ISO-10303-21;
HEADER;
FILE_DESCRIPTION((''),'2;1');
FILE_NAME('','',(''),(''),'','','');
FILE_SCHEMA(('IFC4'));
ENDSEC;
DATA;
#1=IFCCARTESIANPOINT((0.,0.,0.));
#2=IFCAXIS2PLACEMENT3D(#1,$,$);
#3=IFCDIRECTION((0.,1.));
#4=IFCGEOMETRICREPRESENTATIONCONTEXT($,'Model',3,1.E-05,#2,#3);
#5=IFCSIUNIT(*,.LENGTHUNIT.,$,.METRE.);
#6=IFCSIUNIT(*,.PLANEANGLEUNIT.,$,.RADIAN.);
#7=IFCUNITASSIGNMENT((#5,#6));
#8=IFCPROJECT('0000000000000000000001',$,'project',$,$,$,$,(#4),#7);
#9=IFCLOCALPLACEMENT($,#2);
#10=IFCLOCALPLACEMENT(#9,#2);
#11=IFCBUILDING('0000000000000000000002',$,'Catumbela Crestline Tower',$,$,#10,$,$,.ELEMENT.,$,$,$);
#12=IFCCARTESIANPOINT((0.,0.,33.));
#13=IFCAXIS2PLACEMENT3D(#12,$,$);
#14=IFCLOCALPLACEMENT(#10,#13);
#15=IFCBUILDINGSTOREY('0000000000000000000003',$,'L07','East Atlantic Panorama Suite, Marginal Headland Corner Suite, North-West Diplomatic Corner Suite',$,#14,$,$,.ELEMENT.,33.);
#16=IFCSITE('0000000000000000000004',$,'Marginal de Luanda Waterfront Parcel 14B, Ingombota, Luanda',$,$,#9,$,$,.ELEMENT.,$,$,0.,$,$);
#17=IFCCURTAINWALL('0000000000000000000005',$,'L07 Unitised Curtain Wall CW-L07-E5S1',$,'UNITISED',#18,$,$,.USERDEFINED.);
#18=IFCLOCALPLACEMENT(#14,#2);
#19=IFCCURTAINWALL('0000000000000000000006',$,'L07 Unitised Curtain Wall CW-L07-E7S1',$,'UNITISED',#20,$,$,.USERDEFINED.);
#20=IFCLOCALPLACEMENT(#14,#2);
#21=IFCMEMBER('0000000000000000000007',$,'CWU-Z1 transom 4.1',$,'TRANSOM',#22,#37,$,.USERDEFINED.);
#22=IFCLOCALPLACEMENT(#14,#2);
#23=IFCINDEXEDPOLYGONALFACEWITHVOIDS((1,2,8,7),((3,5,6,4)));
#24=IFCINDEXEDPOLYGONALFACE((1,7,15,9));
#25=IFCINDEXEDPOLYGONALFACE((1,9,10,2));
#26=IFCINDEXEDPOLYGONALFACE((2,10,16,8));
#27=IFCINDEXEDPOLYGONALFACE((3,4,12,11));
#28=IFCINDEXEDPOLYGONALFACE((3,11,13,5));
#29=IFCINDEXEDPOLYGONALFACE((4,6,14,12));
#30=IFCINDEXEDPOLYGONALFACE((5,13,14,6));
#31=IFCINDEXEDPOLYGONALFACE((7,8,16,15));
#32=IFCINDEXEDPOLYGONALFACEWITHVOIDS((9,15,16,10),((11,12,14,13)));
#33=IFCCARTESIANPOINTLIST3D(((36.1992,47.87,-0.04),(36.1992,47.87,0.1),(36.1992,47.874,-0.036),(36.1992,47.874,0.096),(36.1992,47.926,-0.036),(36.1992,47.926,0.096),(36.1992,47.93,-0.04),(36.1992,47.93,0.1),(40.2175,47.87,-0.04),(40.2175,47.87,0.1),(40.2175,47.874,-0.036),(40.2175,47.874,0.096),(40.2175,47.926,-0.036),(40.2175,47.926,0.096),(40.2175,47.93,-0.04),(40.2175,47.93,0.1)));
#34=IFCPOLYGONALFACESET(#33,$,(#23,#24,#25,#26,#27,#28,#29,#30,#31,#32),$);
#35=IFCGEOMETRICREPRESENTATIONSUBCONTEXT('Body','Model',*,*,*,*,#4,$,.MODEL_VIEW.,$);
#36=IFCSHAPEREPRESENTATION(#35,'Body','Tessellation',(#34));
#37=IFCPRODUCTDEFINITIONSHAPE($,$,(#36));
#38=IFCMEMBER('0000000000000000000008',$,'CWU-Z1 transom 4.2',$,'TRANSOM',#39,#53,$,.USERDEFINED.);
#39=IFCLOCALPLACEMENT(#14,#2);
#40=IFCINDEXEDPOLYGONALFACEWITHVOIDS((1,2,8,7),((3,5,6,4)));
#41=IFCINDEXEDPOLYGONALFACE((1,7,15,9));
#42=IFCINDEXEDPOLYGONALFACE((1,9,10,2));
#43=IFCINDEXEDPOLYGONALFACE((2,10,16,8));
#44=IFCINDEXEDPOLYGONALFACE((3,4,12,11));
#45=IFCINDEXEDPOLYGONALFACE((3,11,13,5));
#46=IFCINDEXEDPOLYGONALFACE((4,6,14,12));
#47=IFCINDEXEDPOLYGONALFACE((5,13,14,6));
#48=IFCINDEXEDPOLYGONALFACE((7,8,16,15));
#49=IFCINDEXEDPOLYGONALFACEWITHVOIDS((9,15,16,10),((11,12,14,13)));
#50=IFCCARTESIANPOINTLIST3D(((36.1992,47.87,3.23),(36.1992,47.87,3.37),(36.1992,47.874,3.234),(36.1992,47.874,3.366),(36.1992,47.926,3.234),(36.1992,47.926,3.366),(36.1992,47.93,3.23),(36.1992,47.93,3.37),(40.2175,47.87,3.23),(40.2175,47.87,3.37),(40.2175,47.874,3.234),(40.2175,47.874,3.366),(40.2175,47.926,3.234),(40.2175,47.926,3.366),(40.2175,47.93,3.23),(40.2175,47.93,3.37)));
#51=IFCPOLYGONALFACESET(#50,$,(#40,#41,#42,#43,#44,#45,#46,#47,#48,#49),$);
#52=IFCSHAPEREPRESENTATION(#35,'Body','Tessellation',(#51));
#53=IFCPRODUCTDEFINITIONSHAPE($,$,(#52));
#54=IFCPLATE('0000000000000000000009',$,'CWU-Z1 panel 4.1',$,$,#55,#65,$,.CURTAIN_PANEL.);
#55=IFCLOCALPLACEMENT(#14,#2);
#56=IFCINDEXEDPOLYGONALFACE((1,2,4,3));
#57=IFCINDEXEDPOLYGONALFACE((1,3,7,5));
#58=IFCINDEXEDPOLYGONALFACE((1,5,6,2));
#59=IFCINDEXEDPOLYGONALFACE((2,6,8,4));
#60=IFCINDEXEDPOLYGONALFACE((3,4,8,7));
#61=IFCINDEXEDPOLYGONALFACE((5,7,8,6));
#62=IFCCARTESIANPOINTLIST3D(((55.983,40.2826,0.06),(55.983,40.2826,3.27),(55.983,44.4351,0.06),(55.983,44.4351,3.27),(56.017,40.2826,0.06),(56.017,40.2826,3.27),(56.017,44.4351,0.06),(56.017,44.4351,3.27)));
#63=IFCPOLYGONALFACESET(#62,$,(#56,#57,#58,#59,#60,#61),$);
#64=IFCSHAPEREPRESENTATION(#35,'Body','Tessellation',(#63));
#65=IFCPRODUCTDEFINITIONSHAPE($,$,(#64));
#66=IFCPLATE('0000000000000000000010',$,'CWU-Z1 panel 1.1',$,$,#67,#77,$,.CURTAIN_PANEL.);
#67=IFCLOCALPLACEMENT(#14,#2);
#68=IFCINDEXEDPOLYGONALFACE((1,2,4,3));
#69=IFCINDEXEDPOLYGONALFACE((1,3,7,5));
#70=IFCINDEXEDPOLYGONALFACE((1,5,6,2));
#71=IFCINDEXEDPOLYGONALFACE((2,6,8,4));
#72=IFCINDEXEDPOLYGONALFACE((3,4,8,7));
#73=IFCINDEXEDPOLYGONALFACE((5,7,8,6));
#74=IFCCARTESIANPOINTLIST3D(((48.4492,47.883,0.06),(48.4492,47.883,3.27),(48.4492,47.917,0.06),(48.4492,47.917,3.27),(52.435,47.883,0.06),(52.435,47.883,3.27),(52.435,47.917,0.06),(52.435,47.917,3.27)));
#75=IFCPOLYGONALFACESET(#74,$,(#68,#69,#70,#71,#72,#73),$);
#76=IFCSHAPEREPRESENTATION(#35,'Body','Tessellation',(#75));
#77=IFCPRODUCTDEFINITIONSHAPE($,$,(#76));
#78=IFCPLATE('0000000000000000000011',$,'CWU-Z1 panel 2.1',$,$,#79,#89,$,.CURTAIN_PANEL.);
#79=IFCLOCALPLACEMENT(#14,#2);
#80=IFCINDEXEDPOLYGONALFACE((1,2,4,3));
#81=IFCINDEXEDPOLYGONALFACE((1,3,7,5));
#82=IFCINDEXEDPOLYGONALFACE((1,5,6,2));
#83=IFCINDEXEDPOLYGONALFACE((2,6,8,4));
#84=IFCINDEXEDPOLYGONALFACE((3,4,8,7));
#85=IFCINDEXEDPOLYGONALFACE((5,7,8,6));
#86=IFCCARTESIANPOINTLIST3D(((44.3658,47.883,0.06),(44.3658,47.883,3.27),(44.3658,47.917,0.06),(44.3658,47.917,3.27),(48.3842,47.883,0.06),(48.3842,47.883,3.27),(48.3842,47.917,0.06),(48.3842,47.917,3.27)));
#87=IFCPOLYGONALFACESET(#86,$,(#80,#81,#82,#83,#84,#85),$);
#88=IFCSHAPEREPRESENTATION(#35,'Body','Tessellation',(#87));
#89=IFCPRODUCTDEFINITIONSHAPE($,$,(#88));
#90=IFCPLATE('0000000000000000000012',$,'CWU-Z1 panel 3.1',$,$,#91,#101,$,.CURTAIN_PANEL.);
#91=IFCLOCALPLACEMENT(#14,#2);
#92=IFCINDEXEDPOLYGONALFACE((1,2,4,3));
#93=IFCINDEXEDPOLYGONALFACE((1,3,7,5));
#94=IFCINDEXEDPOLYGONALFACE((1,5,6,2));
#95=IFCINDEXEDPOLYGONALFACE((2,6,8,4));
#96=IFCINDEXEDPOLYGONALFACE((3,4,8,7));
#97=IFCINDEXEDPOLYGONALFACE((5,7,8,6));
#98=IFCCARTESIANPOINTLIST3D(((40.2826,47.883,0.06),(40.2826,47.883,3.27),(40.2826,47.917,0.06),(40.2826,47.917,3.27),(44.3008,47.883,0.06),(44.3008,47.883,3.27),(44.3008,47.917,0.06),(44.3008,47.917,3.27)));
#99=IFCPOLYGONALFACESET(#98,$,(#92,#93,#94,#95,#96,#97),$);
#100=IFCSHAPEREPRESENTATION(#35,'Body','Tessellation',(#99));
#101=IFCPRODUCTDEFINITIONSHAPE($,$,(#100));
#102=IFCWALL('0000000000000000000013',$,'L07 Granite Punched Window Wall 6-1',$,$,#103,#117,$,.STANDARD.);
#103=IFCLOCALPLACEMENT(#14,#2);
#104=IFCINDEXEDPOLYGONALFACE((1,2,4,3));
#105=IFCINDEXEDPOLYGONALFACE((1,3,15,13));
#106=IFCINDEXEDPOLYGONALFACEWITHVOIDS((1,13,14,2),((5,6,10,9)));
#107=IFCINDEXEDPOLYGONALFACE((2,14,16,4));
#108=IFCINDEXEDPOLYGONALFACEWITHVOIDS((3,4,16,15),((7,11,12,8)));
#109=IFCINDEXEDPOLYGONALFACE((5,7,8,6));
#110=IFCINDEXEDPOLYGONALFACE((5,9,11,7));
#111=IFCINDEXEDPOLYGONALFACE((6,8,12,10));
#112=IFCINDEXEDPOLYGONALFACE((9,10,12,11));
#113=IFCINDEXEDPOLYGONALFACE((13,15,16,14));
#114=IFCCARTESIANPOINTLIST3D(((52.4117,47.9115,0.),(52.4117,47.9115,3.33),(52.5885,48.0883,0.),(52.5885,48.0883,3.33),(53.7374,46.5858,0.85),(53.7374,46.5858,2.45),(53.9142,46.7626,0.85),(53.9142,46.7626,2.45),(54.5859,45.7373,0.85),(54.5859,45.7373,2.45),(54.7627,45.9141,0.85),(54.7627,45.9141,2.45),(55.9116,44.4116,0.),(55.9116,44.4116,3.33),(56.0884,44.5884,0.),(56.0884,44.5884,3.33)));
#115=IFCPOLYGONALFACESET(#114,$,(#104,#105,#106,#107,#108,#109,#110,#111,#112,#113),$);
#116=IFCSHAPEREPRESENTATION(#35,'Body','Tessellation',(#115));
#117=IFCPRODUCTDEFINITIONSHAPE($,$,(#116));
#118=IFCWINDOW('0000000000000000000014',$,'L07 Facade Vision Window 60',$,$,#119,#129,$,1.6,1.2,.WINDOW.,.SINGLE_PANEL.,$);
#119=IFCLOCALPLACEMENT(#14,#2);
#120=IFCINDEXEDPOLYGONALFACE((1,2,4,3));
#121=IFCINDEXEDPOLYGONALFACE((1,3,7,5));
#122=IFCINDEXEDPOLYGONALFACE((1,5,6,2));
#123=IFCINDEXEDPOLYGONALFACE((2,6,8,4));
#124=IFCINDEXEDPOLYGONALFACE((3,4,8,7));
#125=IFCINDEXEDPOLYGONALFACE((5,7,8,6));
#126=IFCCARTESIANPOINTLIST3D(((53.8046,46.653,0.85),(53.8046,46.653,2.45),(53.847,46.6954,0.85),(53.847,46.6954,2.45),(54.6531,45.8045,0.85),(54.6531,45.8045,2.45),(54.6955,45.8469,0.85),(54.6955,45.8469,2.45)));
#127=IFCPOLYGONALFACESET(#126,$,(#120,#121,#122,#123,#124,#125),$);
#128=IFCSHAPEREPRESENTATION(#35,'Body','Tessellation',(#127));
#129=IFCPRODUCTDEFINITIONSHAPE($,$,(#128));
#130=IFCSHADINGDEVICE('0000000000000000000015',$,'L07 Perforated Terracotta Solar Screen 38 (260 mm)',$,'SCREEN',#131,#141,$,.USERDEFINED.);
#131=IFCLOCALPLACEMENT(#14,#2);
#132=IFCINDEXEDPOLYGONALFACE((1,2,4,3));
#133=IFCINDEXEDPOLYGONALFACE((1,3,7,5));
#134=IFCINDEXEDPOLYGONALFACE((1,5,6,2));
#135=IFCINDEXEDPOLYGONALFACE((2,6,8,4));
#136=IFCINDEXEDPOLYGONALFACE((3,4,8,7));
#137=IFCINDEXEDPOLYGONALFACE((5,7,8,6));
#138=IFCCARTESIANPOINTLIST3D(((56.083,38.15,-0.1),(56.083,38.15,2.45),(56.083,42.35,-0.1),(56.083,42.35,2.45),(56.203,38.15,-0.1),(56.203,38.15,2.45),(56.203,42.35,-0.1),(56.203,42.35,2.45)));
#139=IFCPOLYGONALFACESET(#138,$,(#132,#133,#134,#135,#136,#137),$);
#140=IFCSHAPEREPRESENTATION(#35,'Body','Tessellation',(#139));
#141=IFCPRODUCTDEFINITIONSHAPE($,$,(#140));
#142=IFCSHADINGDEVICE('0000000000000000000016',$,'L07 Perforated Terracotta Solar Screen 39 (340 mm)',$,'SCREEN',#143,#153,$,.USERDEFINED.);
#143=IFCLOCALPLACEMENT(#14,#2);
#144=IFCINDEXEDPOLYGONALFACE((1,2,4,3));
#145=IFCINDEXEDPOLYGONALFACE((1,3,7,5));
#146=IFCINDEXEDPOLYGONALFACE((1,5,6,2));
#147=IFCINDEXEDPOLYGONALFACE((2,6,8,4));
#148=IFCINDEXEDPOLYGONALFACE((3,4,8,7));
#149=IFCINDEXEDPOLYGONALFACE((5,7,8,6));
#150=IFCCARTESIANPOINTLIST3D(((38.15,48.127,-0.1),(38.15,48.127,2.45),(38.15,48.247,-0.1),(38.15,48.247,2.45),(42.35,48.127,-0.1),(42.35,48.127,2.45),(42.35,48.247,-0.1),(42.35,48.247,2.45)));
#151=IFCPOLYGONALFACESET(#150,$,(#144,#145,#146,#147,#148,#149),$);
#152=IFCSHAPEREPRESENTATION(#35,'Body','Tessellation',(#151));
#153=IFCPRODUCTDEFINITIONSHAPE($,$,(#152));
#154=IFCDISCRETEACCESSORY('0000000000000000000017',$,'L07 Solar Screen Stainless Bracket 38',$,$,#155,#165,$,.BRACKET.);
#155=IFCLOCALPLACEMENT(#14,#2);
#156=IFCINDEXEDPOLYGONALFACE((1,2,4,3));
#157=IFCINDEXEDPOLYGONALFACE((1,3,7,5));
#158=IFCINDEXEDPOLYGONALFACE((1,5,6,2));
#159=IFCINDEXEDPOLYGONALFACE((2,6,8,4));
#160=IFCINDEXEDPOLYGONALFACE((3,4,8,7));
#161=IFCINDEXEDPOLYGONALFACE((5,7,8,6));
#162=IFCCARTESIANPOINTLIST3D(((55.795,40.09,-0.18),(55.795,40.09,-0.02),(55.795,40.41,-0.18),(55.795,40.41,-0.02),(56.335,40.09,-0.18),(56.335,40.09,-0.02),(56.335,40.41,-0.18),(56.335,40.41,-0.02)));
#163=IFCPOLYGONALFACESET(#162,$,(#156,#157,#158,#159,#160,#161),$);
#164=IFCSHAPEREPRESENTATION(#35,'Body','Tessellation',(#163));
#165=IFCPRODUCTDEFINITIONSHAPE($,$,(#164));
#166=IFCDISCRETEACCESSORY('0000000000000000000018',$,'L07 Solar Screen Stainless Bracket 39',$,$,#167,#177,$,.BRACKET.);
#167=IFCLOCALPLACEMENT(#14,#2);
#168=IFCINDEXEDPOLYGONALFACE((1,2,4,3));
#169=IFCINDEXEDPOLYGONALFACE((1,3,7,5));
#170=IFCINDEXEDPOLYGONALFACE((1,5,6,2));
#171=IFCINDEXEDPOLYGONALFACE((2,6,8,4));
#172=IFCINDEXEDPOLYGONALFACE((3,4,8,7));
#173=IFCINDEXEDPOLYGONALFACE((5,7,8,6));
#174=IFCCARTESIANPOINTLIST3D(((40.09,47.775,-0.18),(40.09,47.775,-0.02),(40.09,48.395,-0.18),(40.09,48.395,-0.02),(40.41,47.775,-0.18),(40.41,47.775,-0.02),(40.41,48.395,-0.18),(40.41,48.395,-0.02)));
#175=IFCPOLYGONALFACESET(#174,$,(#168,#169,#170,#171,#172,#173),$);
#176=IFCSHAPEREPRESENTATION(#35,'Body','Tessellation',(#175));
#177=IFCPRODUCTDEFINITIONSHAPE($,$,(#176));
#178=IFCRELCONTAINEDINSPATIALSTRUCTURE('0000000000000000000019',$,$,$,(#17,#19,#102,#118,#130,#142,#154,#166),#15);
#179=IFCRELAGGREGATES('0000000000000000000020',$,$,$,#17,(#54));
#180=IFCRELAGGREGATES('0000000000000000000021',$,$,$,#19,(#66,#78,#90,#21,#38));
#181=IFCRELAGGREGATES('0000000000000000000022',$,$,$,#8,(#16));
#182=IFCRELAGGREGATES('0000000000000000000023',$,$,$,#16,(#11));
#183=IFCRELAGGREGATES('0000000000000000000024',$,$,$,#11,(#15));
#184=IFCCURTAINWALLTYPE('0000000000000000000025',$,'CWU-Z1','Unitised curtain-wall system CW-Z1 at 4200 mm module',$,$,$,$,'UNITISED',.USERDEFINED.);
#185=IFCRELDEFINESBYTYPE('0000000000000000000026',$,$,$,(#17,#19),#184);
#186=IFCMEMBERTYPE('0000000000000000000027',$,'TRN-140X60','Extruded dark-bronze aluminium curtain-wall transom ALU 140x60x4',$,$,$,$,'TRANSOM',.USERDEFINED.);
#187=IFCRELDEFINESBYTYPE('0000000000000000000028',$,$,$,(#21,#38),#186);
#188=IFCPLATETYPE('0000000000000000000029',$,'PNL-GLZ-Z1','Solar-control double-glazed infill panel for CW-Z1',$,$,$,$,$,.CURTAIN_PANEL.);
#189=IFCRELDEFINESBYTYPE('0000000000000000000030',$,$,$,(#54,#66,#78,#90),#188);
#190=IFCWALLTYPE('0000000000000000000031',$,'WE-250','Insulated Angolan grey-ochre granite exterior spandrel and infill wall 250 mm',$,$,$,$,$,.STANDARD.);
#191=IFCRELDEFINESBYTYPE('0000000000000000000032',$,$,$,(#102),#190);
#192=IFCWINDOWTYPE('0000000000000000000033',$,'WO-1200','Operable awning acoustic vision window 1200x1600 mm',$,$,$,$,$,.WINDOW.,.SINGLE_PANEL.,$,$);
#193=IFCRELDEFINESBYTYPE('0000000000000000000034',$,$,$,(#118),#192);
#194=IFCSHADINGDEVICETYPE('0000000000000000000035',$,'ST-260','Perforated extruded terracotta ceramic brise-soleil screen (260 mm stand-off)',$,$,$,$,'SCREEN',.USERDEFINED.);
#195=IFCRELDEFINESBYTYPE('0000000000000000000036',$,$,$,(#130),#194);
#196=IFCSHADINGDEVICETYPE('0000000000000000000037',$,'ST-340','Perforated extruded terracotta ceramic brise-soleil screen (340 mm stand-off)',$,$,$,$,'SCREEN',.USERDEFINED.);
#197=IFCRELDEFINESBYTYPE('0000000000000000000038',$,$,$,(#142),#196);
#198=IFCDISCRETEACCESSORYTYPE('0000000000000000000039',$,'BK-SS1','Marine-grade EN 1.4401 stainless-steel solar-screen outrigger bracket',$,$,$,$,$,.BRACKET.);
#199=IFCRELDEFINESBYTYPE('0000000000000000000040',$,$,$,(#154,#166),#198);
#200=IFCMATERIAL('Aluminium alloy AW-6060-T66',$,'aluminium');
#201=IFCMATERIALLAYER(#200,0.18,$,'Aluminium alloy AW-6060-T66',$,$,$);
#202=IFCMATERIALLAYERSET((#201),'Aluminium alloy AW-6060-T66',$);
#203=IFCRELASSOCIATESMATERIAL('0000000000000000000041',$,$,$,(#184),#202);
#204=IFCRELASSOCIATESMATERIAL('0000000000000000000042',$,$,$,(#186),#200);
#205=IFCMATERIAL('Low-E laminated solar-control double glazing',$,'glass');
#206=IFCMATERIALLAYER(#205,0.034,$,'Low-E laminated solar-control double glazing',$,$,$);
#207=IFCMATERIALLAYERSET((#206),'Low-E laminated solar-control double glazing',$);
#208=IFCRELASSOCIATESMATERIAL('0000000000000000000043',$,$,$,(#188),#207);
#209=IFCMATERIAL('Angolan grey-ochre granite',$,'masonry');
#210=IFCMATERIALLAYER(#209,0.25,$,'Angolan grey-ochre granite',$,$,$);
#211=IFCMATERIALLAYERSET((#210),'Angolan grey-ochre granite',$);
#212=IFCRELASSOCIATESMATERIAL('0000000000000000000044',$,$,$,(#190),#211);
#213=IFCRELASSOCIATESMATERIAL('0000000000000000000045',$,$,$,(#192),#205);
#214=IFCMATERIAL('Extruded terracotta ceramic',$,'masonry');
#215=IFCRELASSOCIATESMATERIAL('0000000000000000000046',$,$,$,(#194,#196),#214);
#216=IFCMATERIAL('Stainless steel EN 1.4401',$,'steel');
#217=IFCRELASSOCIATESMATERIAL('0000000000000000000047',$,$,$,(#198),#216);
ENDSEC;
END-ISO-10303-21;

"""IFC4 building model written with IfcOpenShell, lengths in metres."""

from ifc_helpers import new_model, si_unit, direction, frame, frame_2d, origin, origin_2d, place, context, subcontext, project, spatial, rectangle, hollow_rectangle, extrude, material, layer, layer_set, material_profile, profile_set, type_object, element, fill, aggregate, save


model = new_model("IFC4")

# Units and contexts
model_context = context("Model", 3, precision=1e-05, world=origin(), true_north=direction((0.0, 1.0)))
body_context = subcontext(model_context, "Body", "Model", "MODEL_VIEW")
ifc_project = project(units=[si_unit("LENGTHUNIT", "METRE"), si_unit("PLANEANGLEUNIT", "RADIAN")], contexts=[model_context])

# Site, building, storey
site_placement = place(None, origin())
site = spatial("IfcSite", under=ifc_project, at=site_placement, Name="Marginal de Luanda Waterfront Parcel 14B, Ingombota, Luanda", CompositionType="ELEMENT", RefElevation=0.0)
building_placement = place(site_placement, origin())
building = spatial("IfcBuilding", under=site, at=building_placement, Name="Catumbela Crestline Tower", CompositionType="ELEMENT")
storey_placement = place(building_placement, frame((0.0, 0.0, 33.0)))
storey = spatial("IfcBuildingStorey", under=building, at=storey_placement, Name="L07", Description="East Atlantic Panorama Suite, Marginal Headland Corner Suite, North-West Diplomatic Corner Suite", CompositionType="ELEMENT", Elevation=33.0)

# Curtain wall
ifc_material_1 = material(Name="Aluminium alloy AW-6060-T66", Category="aluminium")
ifc_layer_1 = layer(ifc_material_1, 0.18, Name="Aluminium alloy AW-6060-T66")
ifc_layer_set_1 = layer_set([ifc_layer_1], Name="Aluminium alloy AW-6060-T66")
curtain_wall_type = type_object("IfcCurtainWallType", Name="CWU-Z1", Description="Unitised curtain-wall system CW-Z1 at 4200 mm module", ElementType="UNITISED", PredefinedType="USERDEFINED", material=ifc_layer_set_1)
curtain_wall_1_placement = place(storey_placement, origin())
curtain_wall_1 = element("IfcCurtainWall", 1, at=curtain_wall_1_placement, inside=storey, type_object=curtain_wall_type, Name="L07 Unitised Curtain Wall CW-L07-E5S1", ObjectType="UNITISED", PredefinedType="USERDEFINED")

# Curtain wall
curtain_wall_2_placement = place(storey_placement, origin())
curtain_wall_2 = element("IfcCurtainWall", 2, at=curtain_wall_2_placement, inside=storey, type_object=curtain_wall_type, Name="L07 Unitised Curtain Wall CW-L07-E7S1", ObjectType="UNITISED", PredefinedType="USERDEFINED")

# Members
ifc_material_profile_1 = material_profile(ifc_material_1, hollow_rectangle(XDim=0.06, YDim=0.14, WallThickness=0.004, at=origin_2d()), Name="ALU 140x60x4")
ifc_profile_set_1 = profile_set([ifc_material_profile_1], Name="Aluminium alloy AW-6060-T66")
member_type_1 = type_object("IfcMemberType", Name="TRN-140X60", Description="Extruded dark-bronze aluminium curtain-wall transom ALU 140x60x4", ElementType="TRANSOM", PredefinedType="USERDEFINED", material=ifc_profile_set_1)
member_1_placement = place(storey_placement, frame((40.2175, 47.9, 0.03), z_axis=(-1.0, 0.0, 0.0), x_axis=(0.0, -1.0, 0.0)))
member_1 = element("IfcMember", 3, at=member_1_placement, type_object=member_type_1, Name="CWU-Z1 transom 4.1", ObjectType="TRANSOM", PredefinedType="USERDEFINED", context=body_context, shape_type="SweptSolid", body=[
    extrude(hollow_rectangle(XDim=0.06, YDim=0.14, WallThickness=0.004, at=origin_2d()), origin(), (0.0, 0.0, 1.0), 4.0183),
])
member_2_placement = place(storey_placement, frame((40.2175, 47.9, 3.3), z_axis=(-1.0, 0.0, 0.0), x_axis=(0.0, -1.0, 0.0)))
member_2 = element("IfcMember", 4, at=member_2_placement, type_object=member_type_1, Name="CWU-Z1 transom 4.2", ObjectType="TRANSOM", PredefinedType="USERDEFINED", context=body_context, shape_type="SweptSolid", body=[
    extrude(hollow_rectangle(XDim=0.06, YDim=0.14, WallThickness=0.004, at=origin_2d()), origin(), (0.0, 0.0, 1.0), 4.0183),
])

# Plates
ifc_material_2 = material(Name="Low-E laminated solar-control double glazing", Category="glass")
ifc_layer_2 = layer(ifc_material_2, 0.034, Name="Low-E laminated solar-control double glazing")
ifc_layer_set_2 = layer_set([ifc_layer_2], Name="Low-E laminated solar-control double glazing")
plate_type = type_object("IfcPlateType", Name="PNL-GLZ-Z1", Description="Solar-control double-glazed infill panel for CW-Z1", PredefinedType="CURTAIN_PANEL", material=ifc_layer_set_2)
plate_1_placement = place(storey_placement, frame((56.0, 42.3588, 0.06), z_axis=(0.0, 0.0, 1.0), x_axis=(0.0, 1.0, 0.0)))
plate_1 = element("IfcPlate", 5, at=plate_1_placement, type_object=plate_type, Name="CWU-Z1 panel 4.1", PredefinedType="CURTAIN_PANEL", context=body_context, shape_type="SweptSolid", body=[
    extrude(rectangle(XDim=4.1525, YDim=0.034, at=origin_2d()), origin(), (0.0, 0.0, 1.0), 3.21),
])
aggregate(curtain_wall_1, [plate_1])
plate_2_placement = place(storey_placement, frame((50.4421, 47.9, 0.06), z_axis=(0.0, 0.0, 1.0), x_axis=(-1.0, 0.0, 0.0)))
plate_2 = element("IfcPlate", 6, at=plate_2_placement, type_object=plate_type, Name="CWU-Z1 panel 1.1", PredefinedType="CURTAIN_PANEL", context=body_context, shape_type="SweptSolid", body=[
    extrude(rectangle(XDim=3.9858, YDim=0.034, at=origin_2d()), origin(), (0.0, 0.0, 1.0), 3.21),
])
plate_3_placement = place(storey_placement, frame((46.375, 47.9, 0.06), z_axis=(0.0, 0.0, 1.0), x_axis=(-1.0, 0.0, 0.0)))
plate_3 = element("IfcPlate", 7, at=plate_3_placement, type_object=plate_type, Name="CWU-Z1 panel 2.1", PredefinedType="CURTAIN_PANEL", context=body_context, shape_type="SweptSolid", body=[
    extrude(rectangle(XDim=4.0183, YDim=0.034, at=origin_2d()), origin(), (0.0, 0.0, 1.0), 3.21),
])
plate_4_placement = place(storey_placement, frame((42.2917, 47.9, 0.06), z_axis=(0.0, 0.0, 1.0), x_axis=(-1.0, 0.0, 0.0)))
plate_4 = element("IfcPlate", 8, at=plate_4_placement, type_object=plate_type, Name="CWU-Z1 panel 3.1", PredefinedType="CURTAIN_PANEL", context=body_context, shape_type="SweptSolid", body=[
    extrude(rectangle(XDim=4.0183, YDim=0.034, at=origin_2d()), origin(), (0.0, 0.0, 1.0), 3.21),
])
aggregate(curtain_wall_2, [plate_2, plate_3, plate_4, member_1, member_2])

# Wall, opening, window
ifc_material_3 = material(Name="Angolan grey-ochre granite", Category="masonry")
ifc_layer_3 = layer(ifc_material_3, 0.25, Name="Angolan grey-ochre granite")
ifc_layer_set_3 = layer_set([ifc_layer_3], Name="Angolan grey-ochre granite")
wall_type = type_object("IfcWallType", Name="WE-250", Description="Insulated Angolan grey-ochre granite exterior spandrel and infill wall 250 mm", PredefinedType="STANDARD", material=ifc_layer_set_3)
wall_placement = place(storey_placement, frame((56.0, 44.5, 0.0), z_axis=(0.0, 0.0, 1.0), x_axis=(-0.707107, 0.707107, 0.0)))
wall = element("IfcWall", 9, at=wall_placement, inside=storey, type_object=wall_type, Name="L07 Granite Punched Window Wall 6-1", PredefinedType="STANDARD", context=body_context, shape_type="SweptSolid", body=[
    extrude(rectangle(XDim=4.9497, YDim=0.25, at=frame_2d((2.4748, 0.0))), origin(), (0.0, 0.0, 1.0), 3.33),
])
opening_placement = place(wall_placement, frame((1.8748, 0.0, 0.85)))
opening = element("IfcOpeningElement", 10, at=opening_placement, cuts=wall, PredefinedType="OPENING", context=body_context, shape_type="SweptSolid", body=[
    extrude(rectangle(XDim=1.2, YDim=1.6, at=frame_2d((0.6, 0.8))), frame((0.0, 0.135, 0.0), z_axis=(0.0, -1.0, 0.0), x_axis=(1.0, 0.0, 0.0)), (0.0, 0.0, 1.0), 0.27),
])
window_type = type_object("IfcWindowType", Name="WO-1200", Description="Operable awning acoustic vision window 1200x1600 mm", PartitioningType="SINGLE_PANEL", PredefinedType="WINDOW", material=ifc_material_2)
window_placement = place(opening_placement, origin())
window = element("IfcWindow", 11, at=window_placement, inside=storey, type_object=window_type, Name="L07 Facade Vision Window 60", OverallHeight=1.6, OverallWidth=1.2, PartitioningType="SINGLE_PANEL", PredefinedType="WINDOW", context=body_context, shape_type="SweptSolid", body=[
    extrude(rectangle(XDim=1.2, YDim=1.6, at=frame_2d((0.6, 0.8))), frame((0.0, 0.03, 0.0), z_axis=(0.0, -1.0, 0.0), x_axis=(1.0, 0.0, 0.0)), (0.0, 0.0, 1.0), 0.06),
])
fill(opening, window)

# Shading devices
ifc_material_4 = material(Name="Extruded terracotta ceramic", Category="masonry")
shading_device_type_1 = type_object("IfcShadingDeviceType", Name="ST-260", Description="Perforated extruded terracotta ceramic brise-soleil screen (260 mm stand-off)", ElementType="SCREEN", PredefinedType="USERDEFINED", material=ifc_material_4)
shading_device_1_placement = place(storey_placement, frame((56.143, 40.25, -0.1), z_axis=(0.0, 0.0, 1.0), x_axis=(0.0, 1.0, 0.0)))
element("IfcShadingDevice", 12, at=shading_device_1_placement, inside=storey, type_object=shading_device_type_1, Name="L07 Perforated Terracotta Solar Screen 38 (260 mm)", ObjectType="SCREEN", PredefinedType="USERDEFINED", context=body_context, shape_type="SweptSolid", body=[
    extrude(rectangle(XDim=4.2, YDim=0.12, at=origin_2d()), origin(), (0.0, 0.0, 1.0), 2.55),
])
shading_device_type_2 = type_object("IfcShadingDeviceType", Name="ST-340", Description="Perforated extruded terracotta ceramic brise-soleil screen (340 mm stand-off)", ElementType="SCREEN", PredefinedType="USERDEFINED", material=ifc_material_4)
shading_device_2_placement = place(storey_placement, frame((40.25, 48.187, -0.1), z_axis=(0.0, 0.0, 1.0), x_axis=(-1.0, 0.0, 0.0)))
element("IfcShadingDevice", 13, at=shading_device_2_placement, inside=storey, type_object=shading_device_type_2, Name="L07 Perforated Terracotta Solar Screen 39 (340 mm)", ObjectType="SCREEN", PredefinedType="USERDEFINED", context=body_context, shape_type="SweptSolid", body=[
    extrude(rectangle(XDim=4.2, YDim=0.12, at=origin_2d()), origin(), (0.0, 0.0, 1.0), 2.55),
])

# Discrete accessories
ifc_material_5 = material(Name="Stainless steel EN 1.4401", Category="steel")
discrete_accessory_type = type_object("IfcDiscreteAccessoryType", Name="BK-SS1", Description="Marine-grade EN 1.4401 stainless-steel solar-screen outrigger bracket", PredefinedType="BRACKET", material=ifc_material_5)
discrete_accessory_1_placement = place(storey_placement, frame((56.065, 40.25, -0.18), z_axis=(0.0, 0.0, 1.0), x_axis=(0.0, 1.0, 0.0)))
element("IfcDiscreteAccessory", 14, at=discrete_accessory_1_placement, inside=storey, type_object=discrete_accessory_type, Name="L07 Solar Screen Stainless Bracket 38", PredefinedType="BRACKET", context=body_context, shape_type="SweptSolid", body=[
    extrude(rectangle(XDim=0.32, YDim=0.54, at=origin_2d()), origin(), (0.0, 0.0, 1.0), 0.16),
])
discrete_accessory_2_placement = place(storey_placement, frame((40.25, 48.085, -0.18), z_axis=(0.0, 0.0, 1.0), x_axis=(-1.0, 0.0, 0.0)))
element("IfcDiscreteAccessory", 15, at=discrete_accessory_2_placement, inside=storey, type_object=discrete_accessory_type, Name="L07 Solar Screen Stainless Bracket 39", PredefinedType="BRACKET", context=body_context, shape_type="SweptSolid", body=[
    extrude(rectangle(XDim=0.32, YDim=0.62, at=origin_2d()), origin(), (0.0, 0.0, 1.0), 0.16),
])

save(model, "model.ifc")
